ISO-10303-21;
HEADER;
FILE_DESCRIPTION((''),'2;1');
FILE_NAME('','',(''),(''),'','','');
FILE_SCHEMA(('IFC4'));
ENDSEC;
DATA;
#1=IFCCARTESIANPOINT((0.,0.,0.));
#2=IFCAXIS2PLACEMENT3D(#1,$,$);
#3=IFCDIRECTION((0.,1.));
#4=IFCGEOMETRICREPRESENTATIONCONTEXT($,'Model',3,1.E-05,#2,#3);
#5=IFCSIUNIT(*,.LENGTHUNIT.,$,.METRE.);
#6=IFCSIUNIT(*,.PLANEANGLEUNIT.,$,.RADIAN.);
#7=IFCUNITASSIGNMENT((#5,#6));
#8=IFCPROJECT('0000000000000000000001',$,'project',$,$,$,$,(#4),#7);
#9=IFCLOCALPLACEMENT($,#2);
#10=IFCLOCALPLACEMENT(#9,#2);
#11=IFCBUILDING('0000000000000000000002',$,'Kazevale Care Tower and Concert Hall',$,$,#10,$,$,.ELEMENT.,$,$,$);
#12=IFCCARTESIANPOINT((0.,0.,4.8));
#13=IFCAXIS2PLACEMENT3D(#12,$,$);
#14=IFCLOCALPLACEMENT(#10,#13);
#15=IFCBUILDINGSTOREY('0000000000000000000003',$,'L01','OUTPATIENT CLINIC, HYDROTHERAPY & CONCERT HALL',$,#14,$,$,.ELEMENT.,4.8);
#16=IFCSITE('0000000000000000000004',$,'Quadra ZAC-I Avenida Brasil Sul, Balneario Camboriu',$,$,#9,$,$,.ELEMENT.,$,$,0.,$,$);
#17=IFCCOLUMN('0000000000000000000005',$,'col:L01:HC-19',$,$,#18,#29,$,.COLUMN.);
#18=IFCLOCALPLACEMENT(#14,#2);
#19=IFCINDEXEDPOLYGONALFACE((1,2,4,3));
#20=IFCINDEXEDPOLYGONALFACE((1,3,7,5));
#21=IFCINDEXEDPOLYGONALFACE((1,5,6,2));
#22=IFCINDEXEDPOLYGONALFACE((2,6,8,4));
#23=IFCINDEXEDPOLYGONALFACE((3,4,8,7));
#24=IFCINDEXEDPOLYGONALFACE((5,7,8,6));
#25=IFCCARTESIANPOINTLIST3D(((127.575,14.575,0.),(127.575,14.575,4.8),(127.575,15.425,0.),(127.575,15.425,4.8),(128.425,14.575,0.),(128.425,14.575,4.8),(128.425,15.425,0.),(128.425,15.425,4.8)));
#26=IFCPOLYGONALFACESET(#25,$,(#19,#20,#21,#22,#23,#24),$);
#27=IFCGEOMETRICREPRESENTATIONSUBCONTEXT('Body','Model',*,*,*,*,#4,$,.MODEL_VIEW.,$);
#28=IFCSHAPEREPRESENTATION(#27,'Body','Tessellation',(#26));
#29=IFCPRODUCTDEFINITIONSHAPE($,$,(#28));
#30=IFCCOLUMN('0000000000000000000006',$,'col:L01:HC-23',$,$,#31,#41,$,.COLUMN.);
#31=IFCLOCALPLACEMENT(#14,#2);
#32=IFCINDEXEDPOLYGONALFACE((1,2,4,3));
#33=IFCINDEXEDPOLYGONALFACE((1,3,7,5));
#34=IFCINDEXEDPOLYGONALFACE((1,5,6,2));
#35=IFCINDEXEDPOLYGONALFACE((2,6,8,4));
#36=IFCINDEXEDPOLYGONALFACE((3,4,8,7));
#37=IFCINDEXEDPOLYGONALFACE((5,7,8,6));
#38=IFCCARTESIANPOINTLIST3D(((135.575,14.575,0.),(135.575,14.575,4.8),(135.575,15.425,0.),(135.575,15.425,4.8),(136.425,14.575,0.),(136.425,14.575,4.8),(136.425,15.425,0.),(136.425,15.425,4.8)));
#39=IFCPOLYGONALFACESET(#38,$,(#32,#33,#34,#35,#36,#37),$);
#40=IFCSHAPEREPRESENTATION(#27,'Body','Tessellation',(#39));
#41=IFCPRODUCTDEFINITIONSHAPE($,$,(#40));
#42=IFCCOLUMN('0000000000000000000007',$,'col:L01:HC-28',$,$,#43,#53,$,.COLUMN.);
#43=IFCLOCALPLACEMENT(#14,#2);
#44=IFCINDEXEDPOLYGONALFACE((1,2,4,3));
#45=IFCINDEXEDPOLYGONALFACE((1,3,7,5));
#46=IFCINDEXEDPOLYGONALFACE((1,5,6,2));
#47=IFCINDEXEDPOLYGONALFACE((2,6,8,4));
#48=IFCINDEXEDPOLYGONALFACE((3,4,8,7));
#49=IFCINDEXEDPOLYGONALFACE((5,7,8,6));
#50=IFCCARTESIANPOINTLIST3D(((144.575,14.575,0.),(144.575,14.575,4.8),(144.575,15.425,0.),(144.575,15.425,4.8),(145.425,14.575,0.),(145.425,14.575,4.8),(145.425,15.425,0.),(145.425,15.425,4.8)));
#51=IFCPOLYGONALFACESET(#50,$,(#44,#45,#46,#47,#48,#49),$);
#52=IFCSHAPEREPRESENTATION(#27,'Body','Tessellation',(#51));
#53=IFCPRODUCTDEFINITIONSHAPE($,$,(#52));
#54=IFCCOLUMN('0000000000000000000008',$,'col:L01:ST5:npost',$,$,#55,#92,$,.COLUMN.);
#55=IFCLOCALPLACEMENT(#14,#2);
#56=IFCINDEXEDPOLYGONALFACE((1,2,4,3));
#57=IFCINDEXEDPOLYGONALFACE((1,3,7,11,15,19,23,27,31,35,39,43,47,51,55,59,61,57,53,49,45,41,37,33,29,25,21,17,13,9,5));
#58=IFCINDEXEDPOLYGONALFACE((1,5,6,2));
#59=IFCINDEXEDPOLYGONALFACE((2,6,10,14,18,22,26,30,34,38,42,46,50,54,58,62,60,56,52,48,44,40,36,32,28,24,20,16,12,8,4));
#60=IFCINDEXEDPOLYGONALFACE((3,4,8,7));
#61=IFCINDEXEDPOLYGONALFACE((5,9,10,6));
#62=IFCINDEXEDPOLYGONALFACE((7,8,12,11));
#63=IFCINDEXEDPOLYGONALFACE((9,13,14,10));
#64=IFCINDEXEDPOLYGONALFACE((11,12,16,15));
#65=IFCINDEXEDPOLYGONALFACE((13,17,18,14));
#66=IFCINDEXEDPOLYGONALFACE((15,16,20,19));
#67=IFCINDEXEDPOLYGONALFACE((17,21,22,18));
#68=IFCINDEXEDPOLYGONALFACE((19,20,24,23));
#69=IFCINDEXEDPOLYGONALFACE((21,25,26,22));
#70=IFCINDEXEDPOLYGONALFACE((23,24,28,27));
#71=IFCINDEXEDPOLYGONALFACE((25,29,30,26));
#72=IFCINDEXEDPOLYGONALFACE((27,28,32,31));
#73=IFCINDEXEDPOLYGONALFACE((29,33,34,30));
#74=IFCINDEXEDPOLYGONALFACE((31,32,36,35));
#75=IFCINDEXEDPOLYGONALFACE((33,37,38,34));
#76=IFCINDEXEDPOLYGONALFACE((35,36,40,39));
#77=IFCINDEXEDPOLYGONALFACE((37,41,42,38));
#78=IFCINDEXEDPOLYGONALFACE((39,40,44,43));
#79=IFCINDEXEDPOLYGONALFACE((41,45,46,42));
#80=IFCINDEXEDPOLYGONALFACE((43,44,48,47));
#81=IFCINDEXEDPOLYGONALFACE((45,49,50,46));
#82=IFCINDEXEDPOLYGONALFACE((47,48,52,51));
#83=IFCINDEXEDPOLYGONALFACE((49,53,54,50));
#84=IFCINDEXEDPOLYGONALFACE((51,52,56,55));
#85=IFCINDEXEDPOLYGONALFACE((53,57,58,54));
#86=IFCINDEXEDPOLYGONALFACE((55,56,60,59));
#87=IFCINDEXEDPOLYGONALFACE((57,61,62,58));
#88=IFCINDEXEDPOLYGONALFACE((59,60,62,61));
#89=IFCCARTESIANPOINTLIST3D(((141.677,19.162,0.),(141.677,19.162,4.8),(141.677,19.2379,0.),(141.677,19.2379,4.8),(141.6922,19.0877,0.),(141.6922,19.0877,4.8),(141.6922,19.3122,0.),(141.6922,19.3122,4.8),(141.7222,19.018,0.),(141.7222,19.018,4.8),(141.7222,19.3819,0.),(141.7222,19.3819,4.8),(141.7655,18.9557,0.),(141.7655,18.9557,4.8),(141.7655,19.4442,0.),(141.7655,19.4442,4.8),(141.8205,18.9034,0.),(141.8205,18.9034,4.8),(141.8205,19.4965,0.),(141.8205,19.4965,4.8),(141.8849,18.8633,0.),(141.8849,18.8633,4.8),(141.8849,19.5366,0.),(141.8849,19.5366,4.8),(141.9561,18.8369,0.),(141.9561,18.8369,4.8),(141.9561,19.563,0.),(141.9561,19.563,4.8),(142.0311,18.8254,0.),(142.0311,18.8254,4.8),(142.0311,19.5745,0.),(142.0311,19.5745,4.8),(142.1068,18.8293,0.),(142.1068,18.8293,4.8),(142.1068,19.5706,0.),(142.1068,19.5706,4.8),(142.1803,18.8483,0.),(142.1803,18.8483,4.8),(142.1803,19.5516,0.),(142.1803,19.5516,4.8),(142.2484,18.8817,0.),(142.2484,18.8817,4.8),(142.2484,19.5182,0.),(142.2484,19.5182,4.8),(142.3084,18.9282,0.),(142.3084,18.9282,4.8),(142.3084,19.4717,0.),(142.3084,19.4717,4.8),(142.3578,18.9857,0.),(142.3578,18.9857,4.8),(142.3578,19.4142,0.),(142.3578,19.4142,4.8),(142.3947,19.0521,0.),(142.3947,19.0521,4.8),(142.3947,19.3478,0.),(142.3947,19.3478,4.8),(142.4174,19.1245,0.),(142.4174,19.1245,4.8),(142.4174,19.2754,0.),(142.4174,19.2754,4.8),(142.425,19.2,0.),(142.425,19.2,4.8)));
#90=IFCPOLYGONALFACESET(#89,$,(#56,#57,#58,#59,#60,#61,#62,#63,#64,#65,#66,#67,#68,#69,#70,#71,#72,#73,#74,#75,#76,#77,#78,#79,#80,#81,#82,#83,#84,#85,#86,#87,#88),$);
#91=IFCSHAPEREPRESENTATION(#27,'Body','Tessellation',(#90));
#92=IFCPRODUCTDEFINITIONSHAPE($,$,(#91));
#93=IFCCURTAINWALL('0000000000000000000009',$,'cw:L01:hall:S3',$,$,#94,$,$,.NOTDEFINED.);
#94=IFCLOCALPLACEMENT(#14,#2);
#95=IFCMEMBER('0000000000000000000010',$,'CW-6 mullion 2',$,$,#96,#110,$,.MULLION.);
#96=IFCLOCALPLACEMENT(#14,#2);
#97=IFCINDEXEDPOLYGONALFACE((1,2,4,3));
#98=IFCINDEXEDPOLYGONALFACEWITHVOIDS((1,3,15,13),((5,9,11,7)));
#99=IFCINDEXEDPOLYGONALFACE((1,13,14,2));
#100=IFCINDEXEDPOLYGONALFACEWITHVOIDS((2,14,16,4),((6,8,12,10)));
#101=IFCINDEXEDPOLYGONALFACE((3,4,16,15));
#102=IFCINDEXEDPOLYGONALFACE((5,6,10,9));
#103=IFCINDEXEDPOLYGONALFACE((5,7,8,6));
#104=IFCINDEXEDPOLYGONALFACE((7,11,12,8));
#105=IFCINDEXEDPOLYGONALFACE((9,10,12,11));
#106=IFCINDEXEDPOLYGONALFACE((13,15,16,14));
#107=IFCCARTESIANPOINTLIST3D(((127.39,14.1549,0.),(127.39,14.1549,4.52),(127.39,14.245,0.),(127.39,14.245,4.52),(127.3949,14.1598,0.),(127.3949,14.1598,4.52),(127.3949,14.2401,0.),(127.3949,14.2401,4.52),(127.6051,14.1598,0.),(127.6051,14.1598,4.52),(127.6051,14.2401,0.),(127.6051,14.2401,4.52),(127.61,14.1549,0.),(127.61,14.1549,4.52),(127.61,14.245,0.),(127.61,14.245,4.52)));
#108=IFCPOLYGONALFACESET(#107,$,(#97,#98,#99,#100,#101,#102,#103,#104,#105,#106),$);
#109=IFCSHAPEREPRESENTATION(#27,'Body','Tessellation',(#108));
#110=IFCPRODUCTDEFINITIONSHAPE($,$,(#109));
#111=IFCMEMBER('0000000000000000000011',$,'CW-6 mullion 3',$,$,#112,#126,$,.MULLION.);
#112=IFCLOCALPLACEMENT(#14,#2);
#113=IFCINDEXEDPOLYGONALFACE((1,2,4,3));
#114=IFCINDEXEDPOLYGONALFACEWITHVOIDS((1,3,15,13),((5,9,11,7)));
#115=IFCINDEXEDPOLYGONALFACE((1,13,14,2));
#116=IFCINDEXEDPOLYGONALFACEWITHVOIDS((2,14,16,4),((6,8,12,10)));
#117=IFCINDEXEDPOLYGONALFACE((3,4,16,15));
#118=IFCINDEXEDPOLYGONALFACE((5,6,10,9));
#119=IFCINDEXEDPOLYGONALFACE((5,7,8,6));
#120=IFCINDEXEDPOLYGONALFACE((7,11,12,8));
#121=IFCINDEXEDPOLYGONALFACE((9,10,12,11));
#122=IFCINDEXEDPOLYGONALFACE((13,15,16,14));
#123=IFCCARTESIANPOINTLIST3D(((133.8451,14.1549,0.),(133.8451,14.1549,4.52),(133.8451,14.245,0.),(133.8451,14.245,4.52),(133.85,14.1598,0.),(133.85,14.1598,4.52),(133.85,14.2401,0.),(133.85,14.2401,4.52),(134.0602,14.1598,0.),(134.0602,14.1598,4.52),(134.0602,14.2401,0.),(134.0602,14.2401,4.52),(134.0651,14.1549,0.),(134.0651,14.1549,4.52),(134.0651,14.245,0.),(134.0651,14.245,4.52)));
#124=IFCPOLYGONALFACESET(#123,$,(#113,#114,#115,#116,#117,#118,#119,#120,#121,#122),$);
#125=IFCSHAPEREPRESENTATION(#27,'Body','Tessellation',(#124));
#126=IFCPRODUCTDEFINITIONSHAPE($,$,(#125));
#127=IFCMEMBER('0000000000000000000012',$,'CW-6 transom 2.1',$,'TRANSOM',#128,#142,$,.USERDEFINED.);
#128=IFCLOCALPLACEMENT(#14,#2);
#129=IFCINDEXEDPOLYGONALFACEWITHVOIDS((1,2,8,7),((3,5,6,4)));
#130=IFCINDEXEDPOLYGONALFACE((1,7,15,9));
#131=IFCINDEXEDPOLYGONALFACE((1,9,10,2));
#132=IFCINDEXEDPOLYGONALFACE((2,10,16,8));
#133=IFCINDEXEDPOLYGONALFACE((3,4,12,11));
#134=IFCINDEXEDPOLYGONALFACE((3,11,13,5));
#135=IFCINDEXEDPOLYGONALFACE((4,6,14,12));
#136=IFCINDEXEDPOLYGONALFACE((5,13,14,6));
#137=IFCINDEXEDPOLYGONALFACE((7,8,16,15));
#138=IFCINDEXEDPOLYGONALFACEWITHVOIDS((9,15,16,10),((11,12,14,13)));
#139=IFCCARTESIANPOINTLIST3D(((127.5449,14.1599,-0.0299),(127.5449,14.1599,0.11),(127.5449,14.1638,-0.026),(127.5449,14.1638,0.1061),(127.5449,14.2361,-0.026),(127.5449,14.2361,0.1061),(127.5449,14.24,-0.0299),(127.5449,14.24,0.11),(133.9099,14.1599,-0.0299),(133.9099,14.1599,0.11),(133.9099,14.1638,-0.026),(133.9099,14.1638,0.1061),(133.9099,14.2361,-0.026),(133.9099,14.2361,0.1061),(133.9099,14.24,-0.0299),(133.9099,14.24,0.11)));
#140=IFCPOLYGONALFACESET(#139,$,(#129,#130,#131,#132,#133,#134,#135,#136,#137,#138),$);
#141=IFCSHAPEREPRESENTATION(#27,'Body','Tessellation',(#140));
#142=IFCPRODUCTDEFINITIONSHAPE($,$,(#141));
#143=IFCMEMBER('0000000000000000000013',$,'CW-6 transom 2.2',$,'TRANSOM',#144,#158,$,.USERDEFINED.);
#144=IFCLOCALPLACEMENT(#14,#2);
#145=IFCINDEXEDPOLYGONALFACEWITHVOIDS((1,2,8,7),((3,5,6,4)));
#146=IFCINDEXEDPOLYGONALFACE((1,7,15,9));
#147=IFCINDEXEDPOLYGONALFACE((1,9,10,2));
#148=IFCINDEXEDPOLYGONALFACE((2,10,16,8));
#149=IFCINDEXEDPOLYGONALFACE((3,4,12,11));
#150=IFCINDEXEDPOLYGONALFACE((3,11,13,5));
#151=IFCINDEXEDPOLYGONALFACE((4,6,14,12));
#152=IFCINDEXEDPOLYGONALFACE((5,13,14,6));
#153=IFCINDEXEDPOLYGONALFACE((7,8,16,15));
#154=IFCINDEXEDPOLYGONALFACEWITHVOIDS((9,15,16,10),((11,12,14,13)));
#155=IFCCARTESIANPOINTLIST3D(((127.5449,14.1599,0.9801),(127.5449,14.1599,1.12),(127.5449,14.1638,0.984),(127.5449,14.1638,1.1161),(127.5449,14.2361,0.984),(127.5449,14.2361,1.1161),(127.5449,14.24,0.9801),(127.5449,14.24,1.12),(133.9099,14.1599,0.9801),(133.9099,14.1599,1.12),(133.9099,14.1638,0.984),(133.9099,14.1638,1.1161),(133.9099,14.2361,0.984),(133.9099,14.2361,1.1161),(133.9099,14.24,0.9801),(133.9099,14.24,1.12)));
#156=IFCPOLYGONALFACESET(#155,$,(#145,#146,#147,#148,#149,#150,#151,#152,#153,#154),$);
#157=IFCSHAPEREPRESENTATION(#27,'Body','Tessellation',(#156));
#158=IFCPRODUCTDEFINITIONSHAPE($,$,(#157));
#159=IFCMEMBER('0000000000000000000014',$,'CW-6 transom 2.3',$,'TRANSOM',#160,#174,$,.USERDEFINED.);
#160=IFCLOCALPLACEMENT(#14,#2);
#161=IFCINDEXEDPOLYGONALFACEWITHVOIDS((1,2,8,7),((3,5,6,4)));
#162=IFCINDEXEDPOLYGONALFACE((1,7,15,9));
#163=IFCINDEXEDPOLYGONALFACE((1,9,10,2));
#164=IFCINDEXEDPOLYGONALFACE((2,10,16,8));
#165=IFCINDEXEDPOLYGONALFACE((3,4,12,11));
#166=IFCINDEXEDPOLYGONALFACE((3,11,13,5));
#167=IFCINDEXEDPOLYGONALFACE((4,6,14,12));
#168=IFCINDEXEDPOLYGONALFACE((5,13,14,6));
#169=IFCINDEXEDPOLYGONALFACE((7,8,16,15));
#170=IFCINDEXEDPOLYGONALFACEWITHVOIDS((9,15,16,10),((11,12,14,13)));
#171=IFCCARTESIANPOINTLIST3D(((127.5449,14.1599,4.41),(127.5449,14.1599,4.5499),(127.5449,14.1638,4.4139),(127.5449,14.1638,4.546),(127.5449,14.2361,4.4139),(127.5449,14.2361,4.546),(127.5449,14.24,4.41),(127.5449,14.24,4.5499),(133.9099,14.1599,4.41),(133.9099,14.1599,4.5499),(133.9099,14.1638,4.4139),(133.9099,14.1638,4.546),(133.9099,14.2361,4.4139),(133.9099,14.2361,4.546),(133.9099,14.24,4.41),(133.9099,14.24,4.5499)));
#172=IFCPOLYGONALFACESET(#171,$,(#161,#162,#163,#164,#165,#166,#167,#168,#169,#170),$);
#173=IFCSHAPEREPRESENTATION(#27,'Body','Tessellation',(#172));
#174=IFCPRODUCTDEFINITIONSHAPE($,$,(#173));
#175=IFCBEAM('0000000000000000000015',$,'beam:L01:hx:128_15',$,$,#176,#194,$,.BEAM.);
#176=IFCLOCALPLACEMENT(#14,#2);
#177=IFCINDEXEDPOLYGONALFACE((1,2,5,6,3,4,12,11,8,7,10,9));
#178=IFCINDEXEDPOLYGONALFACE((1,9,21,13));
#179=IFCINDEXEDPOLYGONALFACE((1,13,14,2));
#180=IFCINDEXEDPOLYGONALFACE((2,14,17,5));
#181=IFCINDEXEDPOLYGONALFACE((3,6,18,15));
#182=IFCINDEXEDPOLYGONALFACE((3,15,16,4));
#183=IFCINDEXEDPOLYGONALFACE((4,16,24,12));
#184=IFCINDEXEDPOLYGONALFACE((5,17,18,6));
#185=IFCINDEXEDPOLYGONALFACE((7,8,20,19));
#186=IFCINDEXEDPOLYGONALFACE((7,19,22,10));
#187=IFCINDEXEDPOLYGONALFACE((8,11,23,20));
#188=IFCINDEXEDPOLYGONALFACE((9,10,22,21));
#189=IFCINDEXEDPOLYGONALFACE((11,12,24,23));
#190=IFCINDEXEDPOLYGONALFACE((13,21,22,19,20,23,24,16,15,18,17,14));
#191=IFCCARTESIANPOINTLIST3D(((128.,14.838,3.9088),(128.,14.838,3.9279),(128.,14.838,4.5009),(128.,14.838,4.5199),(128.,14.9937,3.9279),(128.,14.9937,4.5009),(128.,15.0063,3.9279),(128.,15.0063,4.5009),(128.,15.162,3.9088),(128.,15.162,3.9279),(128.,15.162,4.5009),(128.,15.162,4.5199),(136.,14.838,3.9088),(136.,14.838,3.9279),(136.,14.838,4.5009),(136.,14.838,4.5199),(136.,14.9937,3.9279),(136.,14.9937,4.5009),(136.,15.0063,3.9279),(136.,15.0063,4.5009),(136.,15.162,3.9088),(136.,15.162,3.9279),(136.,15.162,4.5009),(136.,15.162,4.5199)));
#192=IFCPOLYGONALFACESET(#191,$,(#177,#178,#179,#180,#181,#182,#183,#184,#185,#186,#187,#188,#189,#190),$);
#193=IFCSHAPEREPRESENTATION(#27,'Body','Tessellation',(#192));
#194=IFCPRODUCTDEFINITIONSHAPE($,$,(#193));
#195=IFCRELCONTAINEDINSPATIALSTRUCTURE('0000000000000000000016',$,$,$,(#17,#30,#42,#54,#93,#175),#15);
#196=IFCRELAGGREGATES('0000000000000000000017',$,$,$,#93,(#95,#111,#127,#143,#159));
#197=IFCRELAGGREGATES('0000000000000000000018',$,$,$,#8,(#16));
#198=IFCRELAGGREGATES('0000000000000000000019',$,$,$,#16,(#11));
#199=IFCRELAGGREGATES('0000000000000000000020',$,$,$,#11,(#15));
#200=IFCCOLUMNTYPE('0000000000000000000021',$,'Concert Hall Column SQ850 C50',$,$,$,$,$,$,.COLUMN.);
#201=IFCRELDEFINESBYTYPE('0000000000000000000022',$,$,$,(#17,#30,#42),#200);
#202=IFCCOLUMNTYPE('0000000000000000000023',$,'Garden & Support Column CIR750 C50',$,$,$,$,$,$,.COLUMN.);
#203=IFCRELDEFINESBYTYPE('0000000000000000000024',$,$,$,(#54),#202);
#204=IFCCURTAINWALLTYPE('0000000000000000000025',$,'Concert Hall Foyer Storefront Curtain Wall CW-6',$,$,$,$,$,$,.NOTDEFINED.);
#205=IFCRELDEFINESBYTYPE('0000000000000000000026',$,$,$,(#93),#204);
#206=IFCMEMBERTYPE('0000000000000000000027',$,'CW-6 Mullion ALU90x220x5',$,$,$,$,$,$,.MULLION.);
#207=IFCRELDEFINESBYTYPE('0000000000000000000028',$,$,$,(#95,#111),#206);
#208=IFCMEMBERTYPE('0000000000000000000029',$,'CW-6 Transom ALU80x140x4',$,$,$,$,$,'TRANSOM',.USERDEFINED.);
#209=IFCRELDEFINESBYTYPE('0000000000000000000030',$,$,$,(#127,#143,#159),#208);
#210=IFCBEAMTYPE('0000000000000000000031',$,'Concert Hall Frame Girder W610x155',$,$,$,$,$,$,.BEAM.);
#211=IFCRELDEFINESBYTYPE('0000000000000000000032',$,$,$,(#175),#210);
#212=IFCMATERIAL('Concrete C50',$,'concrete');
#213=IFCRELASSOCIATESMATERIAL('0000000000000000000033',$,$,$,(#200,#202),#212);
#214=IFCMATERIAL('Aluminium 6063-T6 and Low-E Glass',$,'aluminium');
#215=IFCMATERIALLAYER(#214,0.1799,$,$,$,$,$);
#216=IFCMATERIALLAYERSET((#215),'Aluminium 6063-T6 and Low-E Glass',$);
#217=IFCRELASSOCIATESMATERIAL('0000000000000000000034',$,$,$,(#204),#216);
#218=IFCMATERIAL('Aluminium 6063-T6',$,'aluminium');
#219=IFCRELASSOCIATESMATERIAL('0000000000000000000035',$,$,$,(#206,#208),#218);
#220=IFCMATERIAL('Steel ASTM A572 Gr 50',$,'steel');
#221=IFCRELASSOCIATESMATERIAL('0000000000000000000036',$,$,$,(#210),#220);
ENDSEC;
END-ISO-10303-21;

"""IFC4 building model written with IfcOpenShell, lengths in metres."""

from ifc_helpers import new_model, si_unit, direction, frame, origin, origin_2d, place, context, subcontext, project, spatial, rectangle, hollow_rectangle, circle, i_section, extrude, material, layer, layer_set, material_profile, profile_set, type_object, element, aggregate, save


model = new_model("IFC4")

# Units and contexts
model_context = context("Model", 3, precision=1e-05, world=origin(), true_north=direction((0.0, 1.0)))
body_context = subcontext(model_context, "Body", "Model", "MODEL_VIEW")
ifc_project = project(units=[si_unit("LENGTHUNIT", "METRE"), si_unit("PLANEANGLEUNIT", "RADIAN")], contexts=[model_context])

# Site, building, storey
site_placement = place(None, origin())
site = spatial("IfcSite", under=ifc_project, at=site_placement, Name="Quadra ZAC-I Avenida Brasil Sul, Balneario Camboriu", CompositionType="ELEMENT", RefElevation=0.0)
building_placement = place(site_placement, origin())
building = spatial("IfcBuilding", under=site, at=building_placement, Name="Kazevale Care Tower and Concert Hall", CompositionType="ELEMENT")
storey_placement = place(building_placement, frame((0.0, 0.0, 4.8)))
storey = spatial("IfcBuildingStorey", under=building, at=storey_placement, Name="L01", Description="OUTPATIENT CLINIC, HYDROTHERAPY & CONCERT HALL", CompositionType="ELEMENT", Elevation=4.8)

# Columns
ifc_material_1 = material(Name="Concrete C50", Category="concrete")
ifc_material_profile_1 = material_profile(ifc_material_1, rectangle(XDim=0.8501, YDim=0.8501, at=origin_2d()), Name="RC-SQ850")
ifc_profile_set_1 = profile_set([ifc_material_profile_1], Name="Concrete C50")
column_type_1 = type_object("IfcColumnType", Name="Concert Hall Column SQ850 C50", PredefinedType="COLUMN", material=ifc_profile_set_1)
for number, where, z_axis, x_axis, name in (
    (1, (128.0, 15.0, 0.0), (0.0, 0.0, 1.0), (1.0, 0.0, 0.0), "col:L01:HC-19"),
    (2, (136.0, 15.0, 0.0), (0.0, 0.0, 1.0), (1.0, 0.0, 0.0), "col:L01:HC-23"),
    (3, (145.0, 15.0, 0.0), (0.0, 0.0, 1.0), (1.0, 0.0, 0.0), "col:L01:HC-28"),
):
    element("IfcColumn", number, at=place(storey_placement, frame(where, z_axis=z_axis, x_axis=x_axis)), inside=storey, type_object=column_type_1, Name=name, PredefinedType="COLUMN", context=body_context, shape_type="SweptSolid", body=[
        extrude(rectangle(XDim=0.8501, YDim=0.8501, at=origin_2d()), origin(), (0.0, 0.0, 1.0), 4.8),
    ])
ifc_material_profile_2 = material_profile(ifc_material_1, circle(Radius=0.375, at=origin_2d()), Name="RC-CIR750")
ifc_profile_set_2 = profile_set([ifc_material_profile_2], Name="Concrete C50")
column_type_2 = type_object("IfcColumnType", Name="Garden & Support Column CIR750 C50", PredefinedType="COLUMN", material=ifc_profile_set_2)
column_placement = place(storey_placement, frame((142.05, 19.2, 0.0), z_axis=(0.0, 0.0, 1.0), x_axis=(1.0, 0.0, 0.0)))
element("IfcColumn", 4, at=column_placement, inside=storey, type_object=column_type_2, Name="col:L01:ST5:npost", PredefinedType="COLUMN", context=body_context, shape_type="SweptSolid", body=[
    extrude(circle(Radius=0.375, at=origin_2d()), origin(), (0.0, 0.0, 1.0), 4.8),
])

# Curtain wall, members
ifc_material_2 = material(Name="Aluminium 6063-T6 and Low-E Glass", Category="aluminium")
ifc_layer_1 = layer(ifc_material_2, 0.1799)
ifc_layer_set_1 = layer_set([ifc_layer_1], Name="Aluminium 6063-T6 and Low-E Glass")
curtain_wall_type = type_object("IfcCurtainWallType", Name="Concert Hall Foyer Storefront Curtain Wall CW-6", PredefinedType="NOTDEFINED", material=ifc_layer_set_1)
curtain_wall_placement = place(storey_placement, origin())
curtain_wall = element("IfcCurtainWall", 5, at=curtain_wall_placement, inside=storey, type_object=curtain_wall_type, Name="cw:L01:hall:S3", PredefinedType="NOTDEFINED")
ifc_material_3 = material(Name="Aluminium 6063-T6", Category="aluminium")
ifc_material_profile_3 = material_profile(ifc_material_3, hollow_rectangle(XDim=0.0901, YDim=0.22, WallThickness=0.0049, at=origin_2d()), Name="ALU90x220x5")
ifc_profile_set_3 = profile_set([ifc_material_profile_3], Name="Aluminium 6063-T6")
member_type_1 = type_object("IfcMemberType", Name="CW-6 Mullion ALU90x220x5", PredefinedType="MULLION", material=ifc_profile_set_3)
member_1_placement = place(storey_placement, frame((127.5, 14.2, 0.0), z_axis=(0.0, 0.0, 1.0), x_axis=(0.0, 1.0, 0.0)))
member_1 = element("IfcMember", 6, at=member_1_placement, type_object=member_type_1, Name="CW-6 mullion 2", PredefinedType="MULLION", context=body_context, shape_type="SweptSolid", body=[
    extrude(hollow_rectangle(XDim=0.0901, YDim=0.22, WallThickness=0.0049, at=origin_2d()), origin(), (0.0, 0.0, 1.0), 4.52),
])
member_2_placement = place(storey_placement, frame((133.9551, 14.2, 0.0), z_axis=(0.0, 0.0, 1.0), x_axis=(0.0, 1.0, 0.0)))
member_2 = element("IfcMember", 7, at=member_2_placement, type_object=member_type_1, Name="CW-6 mullion 3", PredefinedType="MULLION", context=body_context, shape_type="SweptSolid", body=[
    extrude(hollow_rectangle(XDim=0.0901, YDim=0.22, WallThickness=0.0049, at=origin_2d()), origin(), (0.0, 0.0, 1.0), 4.52),
])
ifc_material_profile_4 = material_profile(ifc_material_3, hollow_rectangle(XDim=0.0801, YDim=0.1399, WallThickness=0.0039, at=origin_2d()), Name="ALU80x140x4")
ifc_profile_set_4 = profile_set([ifc_material_profile_4], Name="Aluminium 6063-T6")
member_type_2 = type_object("IfcMemberType", Name="CW-6 Transom ALU80x140x4", ElementType="TRANSOM", PredefinedType="USERDEFINED", material=ifc_profile_set_4)
member_3_placement = place(storey_placement, frame((127.5449, 14.2, 0.04), z_axis=(1.0, 0.0, 0.0), x_axis=(0.0, 1.0, 0.0)))
member_3 = element("IfcMember", 8, at=member_3_placement, type_object=member_type_2, Name="CW-6 transom 2.1", ObjectType="TRANSOM", PredefinedType="USERDEFINED", context=body_context, shape_type="SweptSolid", body=[
    extrude(hollow_rectangle(XDim=0.0801, YDim=0.1399, WallThickness=0.0039, at=origin_2d()), origin(), (0.0, 0.0, 1.0), 6.365),
])
member_4_placement = place(storey_placement, frame((127.5449, 14.2, 1.05), z_axis=(1.0, 0.0, 0.0), x_axis=(0.0, 1.0, 0.0)))
member_4 = element("IfcMember", 9, at=member_4_placement, type_object=member_type_2, Name="CW-6 transom 2.2", ObjectType="TRANSOM", PredefinedType="USERDEFINED", context=body_context, shape_type="SweptSolid", body=[
    extrude(hollow_rectangle(XDim=0.0801, YDim=0.1399, WallThickness=0.0039, at=origin_2d()), origin(), (0.0, 0.0, 1.0), 6.365),
])
member_5_placement = place(storey_placement, frame((127.5449, 14.2, 4.48), z_axis=(1.0, 0.0, 0.0), x_axis=(0.0, 1.0, 0.0)))
member_5 = element("IfcMember", 10, at=member_5_placement, type_object=member_type_2, Name="CW-6 transom 2.3", ObjectType="TRANSOM", PredefinedType="USERDEFINED", context=body_context, shape_type="SweptSolid", body=[
    extrude(hollow_rectangle(XDim=0.0801, YDim=0.1399, WallThickness=0.0039, at=origin_2d()), origin(), (0.0, 0.0, 1.0), 6.365),
])

# Beam
ifc_material_4 = material(Name="Steel ASTM A572 Gr 50", Category="steel")
ifc_material_profile_5 = material_profile(ifc_material_4, i_section(OverallWidth=0.324, OverallDepth=0.6111, WebThickness=0.0127, FlangeThickness=0.019, at=origin_2d()), Name="W610x155")
ifc_profile_set_5 = profile_set([ifc_material_profile_5], Name="Steel ASTM A572 Gr 50")
beam_type_1 = type_object("IfcBeamType", Name="Concert Hall Frame Girder W610x155", PredefinedType="BEAM", material=ifc_profile_set_5)
beam_1_placement = place(storey_placement, frame((128.0, 15.0, 4.2144), z_axis=(1.0, 0.0, 0.0), x_axis=(0.0, 1.0, 0.0)))
element("IfcBeam", 11, at=beam_1_placement, inside=storey, type_object=beam_type_1, Name="beam:L01:hx:128_15", PredefinedType="BEAM", context=body_context, shape_type="SweptSolid", body=[
    extrude(i_section(OverallWidth=0.324, OverallDepth=0.6111, WebThickness=0.0127, FlangeThickness=0.019, at=origin_2d()), origin(), (0.0, 0.0, 1.0), 8.0),
])

aggregate(curtain_wall, [member_1, member_2, member_3, member_4, member_5])

save(model, "model.ifc")
